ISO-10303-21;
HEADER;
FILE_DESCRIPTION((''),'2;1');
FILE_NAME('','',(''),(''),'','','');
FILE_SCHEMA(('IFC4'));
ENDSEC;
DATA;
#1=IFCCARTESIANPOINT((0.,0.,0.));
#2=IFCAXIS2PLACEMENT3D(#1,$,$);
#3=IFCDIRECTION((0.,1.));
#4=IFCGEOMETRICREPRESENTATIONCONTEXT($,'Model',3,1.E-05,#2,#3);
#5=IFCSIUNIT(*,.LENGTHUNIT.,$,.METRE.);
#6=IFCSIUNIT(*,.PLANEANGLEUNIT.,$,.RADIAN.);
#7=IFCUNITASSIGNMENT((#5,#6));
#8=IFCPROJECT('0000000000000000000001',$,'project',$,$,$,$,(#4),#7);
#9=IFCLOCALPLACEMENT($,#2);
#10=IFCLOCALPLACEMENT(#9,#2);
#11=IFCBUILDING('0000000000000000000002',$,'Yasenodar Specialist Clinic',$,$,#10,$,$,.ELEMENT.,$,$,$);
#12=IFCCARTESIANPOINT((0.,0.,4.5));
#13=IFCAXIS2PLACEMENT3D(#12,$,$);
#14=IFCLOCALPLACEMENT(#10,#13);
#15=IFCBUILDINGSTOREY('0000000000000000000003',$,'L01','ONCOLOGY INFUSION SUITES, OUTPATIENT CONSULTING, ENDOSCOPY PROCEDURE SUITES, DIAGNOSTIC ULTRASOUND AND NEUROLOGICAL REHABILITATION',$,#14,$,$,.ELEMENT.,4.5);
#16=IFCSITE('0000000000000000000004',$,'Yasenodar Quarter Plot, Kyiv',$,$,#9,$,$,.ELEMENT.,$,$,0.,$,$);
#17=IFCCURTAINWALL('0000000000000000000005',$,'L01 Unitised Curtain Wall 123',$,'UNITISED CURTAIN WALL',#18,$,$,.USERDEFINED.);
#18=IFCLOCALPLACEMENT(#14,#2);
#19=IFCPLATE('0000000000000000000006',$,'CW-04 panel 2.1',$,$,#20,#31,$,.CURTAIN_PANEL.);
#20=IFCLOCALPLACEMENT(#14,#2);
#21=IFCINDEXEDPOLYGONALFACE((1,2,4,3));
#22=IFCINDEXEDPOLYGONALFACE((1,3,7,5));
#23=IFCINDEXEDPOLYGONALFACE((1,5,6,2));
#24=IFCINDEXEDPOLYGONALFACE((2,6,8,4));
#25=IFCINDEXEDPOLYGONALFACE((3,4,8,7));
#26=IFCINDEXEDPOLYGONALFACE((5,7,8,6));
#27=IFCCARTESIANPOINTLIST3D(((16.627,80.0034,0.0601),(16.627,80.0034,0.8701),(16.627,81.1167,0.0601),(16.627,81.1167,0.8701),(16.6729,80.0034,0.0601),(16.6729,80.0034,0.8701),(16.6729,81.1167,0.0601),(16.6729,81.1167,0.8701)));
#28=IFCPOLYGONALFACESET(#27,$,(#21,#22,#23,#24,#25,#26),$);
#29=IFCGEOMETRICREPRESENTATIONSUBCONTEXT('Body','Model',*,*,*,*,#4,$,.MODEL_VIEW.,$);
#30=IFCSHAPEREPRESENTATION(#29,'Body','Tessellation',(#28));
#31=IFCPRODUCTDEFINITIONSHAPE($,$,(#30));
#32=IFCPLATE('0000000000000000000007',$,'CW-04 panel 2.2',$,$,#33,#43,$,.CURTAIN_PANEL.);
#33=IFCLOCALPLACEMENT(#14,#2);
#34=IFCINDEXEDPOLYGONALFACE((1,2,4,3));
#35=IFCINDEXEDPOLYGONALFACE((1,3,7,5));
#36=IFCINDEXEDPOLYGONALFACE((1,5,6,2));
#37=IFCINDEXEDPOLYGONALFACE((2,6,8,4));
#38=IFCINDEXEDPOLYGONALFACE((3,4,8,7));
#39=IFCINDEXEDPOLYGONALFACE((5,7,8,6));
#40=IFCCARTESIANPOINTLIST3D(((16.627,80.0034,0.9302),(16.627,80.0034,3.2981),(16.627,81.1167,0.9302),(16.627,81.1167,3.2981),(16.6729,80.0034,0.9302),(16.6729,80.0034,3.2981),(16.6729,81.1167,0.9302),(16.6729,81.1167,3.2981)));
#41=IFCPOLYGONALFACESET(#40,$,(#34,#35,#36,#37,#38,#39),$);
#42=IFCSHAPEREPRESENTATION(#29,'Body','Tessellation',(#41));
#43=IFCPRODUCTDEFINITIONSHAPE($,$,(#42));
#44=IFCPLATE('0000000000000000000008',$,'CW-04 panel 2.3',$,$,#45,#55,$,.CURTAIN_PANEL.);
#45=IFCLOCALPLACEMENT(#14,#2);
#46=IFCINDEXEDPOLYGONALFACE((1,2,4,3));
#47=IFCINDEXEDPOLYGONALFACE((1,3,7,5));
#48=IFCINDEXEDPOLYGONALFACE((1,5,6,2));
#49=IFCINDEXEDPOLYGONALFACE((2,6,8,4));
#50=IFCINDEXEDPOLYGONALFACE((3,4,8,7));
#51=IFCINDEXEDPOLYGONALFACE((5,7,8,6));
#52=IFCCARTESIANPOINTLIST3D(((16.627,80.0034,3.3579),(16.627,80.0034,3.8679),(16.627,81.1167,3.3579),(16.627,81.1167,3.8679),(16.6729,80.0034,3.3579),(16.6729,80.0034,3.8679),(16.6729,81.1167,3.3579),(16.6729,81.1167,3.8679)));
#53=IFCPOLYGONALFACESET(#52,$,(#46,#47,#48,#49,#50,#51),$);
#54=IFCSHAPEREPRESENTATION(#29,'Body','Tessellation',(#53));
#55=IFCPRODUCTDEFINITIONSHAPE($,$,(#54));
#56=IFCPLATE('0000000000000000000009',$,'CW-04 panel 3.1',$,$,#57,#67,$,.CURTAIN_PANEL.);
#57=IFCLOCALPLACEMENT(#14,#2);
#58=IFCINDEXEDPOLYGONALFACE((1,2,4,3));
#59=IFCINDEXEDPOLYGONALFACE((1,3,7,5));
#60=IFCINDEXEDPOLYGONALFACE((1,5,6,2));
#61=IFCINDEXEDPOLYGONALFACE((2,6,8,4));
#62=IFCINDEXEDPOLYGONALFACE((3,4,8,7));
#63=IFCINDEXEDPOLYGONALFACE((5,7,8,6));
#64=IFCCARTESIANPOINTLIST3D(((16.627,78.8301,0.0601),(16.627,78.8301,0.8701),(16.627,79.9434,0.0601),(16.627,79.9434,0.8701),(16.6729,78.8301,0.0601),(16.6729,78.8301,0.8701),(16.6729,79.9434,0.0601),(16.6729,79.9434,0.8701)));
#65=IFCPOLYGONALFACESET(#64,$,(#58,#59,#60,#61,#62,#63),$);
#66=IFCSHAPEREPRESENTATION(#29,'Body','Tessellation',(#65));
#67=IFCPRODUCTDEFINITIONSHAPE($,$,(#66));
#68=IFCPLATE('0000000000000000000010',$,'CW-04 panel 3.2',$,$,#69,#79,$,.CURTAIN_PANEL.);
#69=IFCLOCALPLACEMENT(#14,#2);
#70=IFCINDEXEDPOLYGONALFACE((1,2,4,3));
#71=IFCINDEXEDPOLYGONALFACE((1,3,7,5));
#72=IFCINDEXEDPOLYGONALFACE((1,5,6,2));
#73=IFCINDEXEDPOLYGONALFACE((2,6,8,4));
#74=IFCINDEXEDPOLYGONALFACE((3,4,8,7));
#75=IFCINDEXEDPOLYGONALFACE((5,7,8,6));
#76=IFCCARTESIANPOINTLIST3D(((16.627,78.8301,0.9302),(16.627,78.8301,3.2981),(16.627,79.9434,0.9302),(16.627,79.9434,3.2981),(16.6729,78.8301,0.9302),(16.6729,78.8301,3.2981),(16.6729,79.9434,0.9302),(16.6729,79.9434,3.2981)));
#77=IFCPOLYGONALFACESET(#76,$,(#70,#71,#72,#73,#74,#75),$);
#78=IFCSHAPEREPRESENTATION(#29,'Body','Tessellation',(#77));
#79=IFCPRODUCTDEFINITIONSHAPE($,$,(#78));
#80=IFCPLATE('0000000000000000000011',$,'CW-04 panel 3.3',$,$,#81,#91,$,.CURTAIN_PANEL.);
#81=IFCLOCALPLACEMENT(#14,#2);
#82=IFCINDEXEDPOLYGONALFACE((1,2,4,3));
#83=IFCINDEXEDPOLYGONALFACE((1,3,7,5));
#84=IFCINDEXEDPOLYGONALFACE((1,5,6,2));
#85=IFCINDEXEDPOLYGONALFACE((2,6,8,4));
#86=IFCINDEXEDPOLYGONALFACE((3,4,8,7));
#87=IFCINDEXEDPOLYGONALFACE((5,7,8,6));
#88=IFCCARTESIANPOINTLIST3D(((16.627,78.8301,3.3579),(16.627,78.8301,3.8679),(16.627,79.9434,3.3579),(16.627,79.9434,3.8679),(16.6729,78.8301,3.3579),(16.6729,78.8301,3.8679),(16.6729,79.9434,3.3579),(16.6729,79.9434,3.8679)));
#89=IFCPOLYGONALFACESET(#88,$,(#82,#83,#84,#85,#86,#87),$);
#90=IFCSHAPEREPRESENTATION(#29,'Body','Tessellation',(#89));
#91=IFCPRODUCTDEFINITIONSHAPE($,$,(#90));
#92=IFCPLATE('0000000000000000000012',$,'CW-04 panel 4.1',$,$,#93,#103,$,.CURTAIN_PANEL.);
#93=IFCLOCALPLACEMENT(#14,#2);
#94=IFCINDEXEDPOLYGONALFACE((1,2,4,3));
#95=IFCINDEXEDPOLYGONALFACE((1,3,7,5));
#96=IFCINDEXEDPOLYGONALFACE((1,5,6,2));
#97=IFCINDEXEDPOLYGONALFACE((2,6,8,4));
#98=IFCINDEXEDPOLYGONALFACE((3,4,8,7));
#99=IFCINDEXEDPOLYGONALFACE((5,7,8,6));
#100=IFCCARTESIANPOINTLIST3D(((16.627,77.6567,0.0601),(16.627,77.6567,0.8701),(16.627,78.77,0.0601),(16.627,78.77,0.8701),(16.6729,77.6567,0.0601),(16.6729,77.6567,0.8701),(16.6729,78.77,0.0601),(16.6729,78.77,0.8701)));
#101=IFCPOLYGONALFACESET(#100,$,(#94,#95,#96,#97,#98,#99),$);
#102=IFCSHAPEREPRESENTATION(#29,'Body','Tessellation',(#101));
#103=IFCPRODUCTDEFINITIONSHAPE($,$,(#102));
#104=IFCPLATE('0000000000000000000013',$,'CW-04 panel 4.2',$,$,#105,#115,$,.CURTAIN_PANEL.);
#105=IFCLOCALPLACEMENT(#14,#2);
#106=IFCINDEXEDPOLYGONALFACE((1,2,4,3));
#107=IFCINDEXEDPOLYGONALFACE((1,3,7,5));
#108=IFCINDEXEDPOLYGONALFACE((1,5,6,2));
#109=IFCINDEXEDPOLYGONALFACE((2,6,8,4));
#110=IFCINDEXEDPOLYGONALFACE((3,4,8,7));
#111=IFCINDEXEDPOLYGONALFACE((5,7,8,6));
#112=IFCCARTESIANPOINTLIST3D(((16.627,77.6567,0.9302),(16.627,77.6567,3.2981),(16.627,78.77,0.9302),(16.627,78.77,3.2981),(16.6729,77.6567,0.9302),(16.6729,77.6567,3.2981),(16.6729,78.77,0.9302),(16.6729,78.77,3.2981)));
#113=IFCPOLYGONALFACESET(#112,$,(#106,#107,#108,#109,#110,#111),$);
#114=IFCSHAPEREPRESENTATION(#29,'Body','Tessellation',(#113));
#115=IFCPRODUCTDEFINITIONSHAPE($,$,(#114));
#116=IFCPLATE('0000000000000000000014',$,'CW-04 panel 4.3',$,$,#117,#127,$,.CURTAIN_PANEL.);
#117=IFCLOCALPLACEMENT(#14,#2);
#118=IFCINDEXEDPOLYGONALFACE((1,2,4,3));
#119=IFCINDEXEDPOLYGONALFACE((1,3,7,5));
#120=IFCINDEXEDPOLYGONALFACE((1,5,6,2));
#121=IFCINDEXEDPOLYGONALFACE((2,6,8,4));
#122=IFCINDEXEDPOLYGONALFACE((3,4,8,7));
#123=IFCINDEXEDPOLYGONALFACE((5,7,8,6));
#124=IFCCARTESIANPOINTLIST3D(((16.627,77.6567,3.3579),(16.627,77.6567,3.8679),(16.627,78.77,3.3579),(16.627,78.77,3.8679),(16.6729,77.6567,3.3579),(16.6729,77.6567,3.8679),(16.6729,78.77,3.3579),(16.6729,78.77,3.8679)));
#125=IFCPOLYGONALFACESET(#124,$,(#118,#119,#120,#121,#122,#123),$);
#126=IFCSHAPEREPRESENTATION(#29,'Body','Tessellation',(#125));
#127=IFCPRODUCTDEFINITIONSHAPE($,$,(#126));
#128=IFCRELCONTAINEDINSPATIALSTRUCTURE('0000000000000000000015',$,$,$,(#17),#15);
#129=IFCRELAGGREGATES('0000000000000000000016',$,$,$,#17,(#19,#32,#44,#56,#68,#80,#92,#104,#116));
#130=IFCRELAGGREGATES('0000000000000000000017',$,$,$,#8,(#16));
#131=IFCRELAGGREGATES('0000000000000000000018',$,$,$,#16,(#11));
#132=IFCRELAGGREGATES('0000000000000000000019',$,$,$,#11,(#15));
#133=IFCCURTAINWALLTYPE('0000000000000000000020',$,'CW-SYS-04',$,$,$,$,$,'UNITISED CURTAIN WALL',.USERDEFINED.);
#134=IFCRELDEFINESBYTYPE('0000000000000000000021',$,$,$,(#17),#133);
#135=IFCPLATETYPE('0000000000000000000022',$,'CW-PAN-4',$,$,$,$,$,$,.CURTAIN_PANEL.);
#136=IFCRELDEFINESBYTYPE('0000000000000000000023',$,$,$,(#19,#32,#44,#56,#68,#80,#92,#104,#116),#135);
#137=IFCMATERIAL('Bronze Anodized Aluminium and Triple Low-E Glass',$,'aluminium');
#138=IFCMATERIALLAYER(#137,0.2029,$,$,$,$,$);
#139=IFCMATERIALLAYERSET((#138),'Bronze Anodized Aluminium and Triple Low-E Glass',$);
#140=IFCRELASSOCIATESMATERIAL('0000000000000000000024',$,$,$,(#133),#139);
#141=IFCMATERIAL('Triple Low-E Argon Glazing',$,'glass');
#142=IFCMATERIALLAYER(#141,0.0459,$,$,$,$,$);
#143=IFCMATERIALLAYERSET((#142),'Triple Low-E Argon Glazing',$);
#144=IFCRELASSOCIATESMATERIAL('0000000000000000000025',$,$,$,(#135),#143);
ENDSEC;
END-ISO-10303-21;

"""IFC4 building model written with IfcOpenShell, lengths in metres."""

from ifc_helpers import new_model, si_unit, direction, frame, origin, origin_2d, place, context, subcontext, project, spatial, rectangle, extrude, material, layer, layer_set, type_object, element, aggregate, save


model = new_model("IFC4")

# Units and contexts
model_context = context("Model", 3, precision=1e-05, world=origin(), true_north=direction((0.0, 1.0)))
body_context = subcontext(model_context, "Body", "Model", "MODEL_VIEW")
ifc_project = project(units=[si_unit("LENGTHUNIT", "METRE"), si_unit("PLANEANGLEUNIT", "RADIAN")], contexts=[model_context])

# Site, building, storey
site_placement = place(None, origin())
site = spatial("IfcSite", under=ifc_project, at=site_placement, Name="Yasenodar Quarter Plot, Kyiv", CompositionType="ELEMENT", RefElevation=0.0)
building_placement = place(site_placement, origin())
building = spatial("IfcBuilding", under=site, at=building_placement, Name="Yasenodar Specialist Clinic", CompositionType="ELEMENT")
storey_placement = place(building_placement, frame((0.0, 0.0, 4.5)))
storey = spatial("IfcBuildingStorey", under=building, at=storey_placement, Name="L01", Description="ONCOLOGY INFUSION SUITES, OUTPATIENT CONSULTING, ENDOSCOPY PROCEDURE SUITES, DIAGNOSTIC ULTRASOUND AND NEUROLOGICAL REHABILITATION", CompositionType="ELEMENT", Elevation=4.5)

# Curtain wall, plates
ifc_material_1 = material(Name="Bronze Anodized Aluminium and Triple Low-E Glass", Category="aluminium")
ifc_layer_1 = layer(ifc_material_1, 0.2029)
ifc_layer_set_1 = layer_set([ifc_layer_1], Name="Bronze Anodized Aluminium and Triple Low-E Glass")
curtain_wall_type = type_object("IfcCurtainWallType", Name="CW-SYS-04", ElementType="UNITISED CURTAIN WALL", PredefinedType="USERDEFINED", material=ifc_layer_set_1)
curtain_wall_placement = place(storey_placement, origin())
curtain_wall = element("IfcCurtainWall", 1, at=curtain_wall_placement, inside=storey, type_object=curtain_wall_type, Name="L01 Unitised Curtain Wall 123", ObjectType="UNITISED CURTAIN WALL", PredefinedType="USERDEFINED")
ifc_material_2 = material(Name="Triple Low-E Argon Glazing", Category="glass")
ifc_layer_2 = layer(ifc_material_2, 0.0459)
ifc_layer_set_2 = layer_set([ifc_layer_2], Name="Triple Low-E Argon Glazing")
plate_type = type_object("IfcPlateType", Name="CW-PAN-4", PredefinedType="CURTAIN_PANEL", material=ifc_layer_set_2)
plate_1_placement = place(storey_placement, frame((16.6499, 80.5601, 0.0601), z_axis=(0.0, 0.0, 1.0), x_axis=(0.0, -1.0, 0.0)))
plate_1 = element("IfcPlate", 2, at=plate_1_placement, type_object=plate_type, Name="CW-04 panel 2.1", PredefinedType="CURTAIN_PANEL", context=body_context, shape_type="SweptSolid", body=[
    extrude(rectangle(XDim=1.1133, YDim=0.0459, at=origin_2d()), origin(), (0.0, 0.0, 1.0), 0.8101),
])
plate_2_placement = place(storey_placement, frame((16.6499, 80.5601, 0.9302), z_axis=(0.0, 0.0, 1.0), x_axis=(0.0, -1.0, 0.0)))
plate_2 = element("IfcPlate", 3, at=plate_2_placement, type_object=plate_type, Name="CW-04 panel 2.2", PredefinedType="CURTAIN_PANEL", context=body_context, shape_type="SweptSolid", body=[
    extrude(rectangle(XDim=1.1133, YDim=0.0459, at=origin_2d()), origin(), (0.0, 0.0, 1.0), 2.3679),
])
plate_3_placement = place(storey_placement, frame((16.6499, 80.5601, 3.3579), z_axis=(0.0, 0.0, 1.0), x_axis=(0.0, -1.0, 0.0)))
plate_3 = element("IfcPlate", 4, at=plate_3_placement, type_object=plate_type, Name="CW-04 panel 2.3", PredefinedType="CURTAIN_PANEL", context=body_context, shape_type="SweptSolid", body=[
    extrude(rectangle(XDim=1.1133, YDim=0.0459, at=origin_2d()), origin(), (0.0, 0.0, 1.0), 0.51),
])
plate_4_placement = place(storey_placement, frame((16.6499, 79.3867, 0.0601), z_axis=(0.0, 0.0, 1.0), x_axis=(0.0, -1.0, 0.0)))
plate_4 = element("IfcPlate", 5, at=plate_4_placement, type_object=plate_type, Name="CW-04 panel 3.1", PredefinedType="CURTAIN_PANEL", context=body_context, shape_type="SweptSolid", body=[
    extrude(rectangle(XDim=1.1133, YDim=0.0459, at=origin_2d()), origin(), (0.0, 0.0, 1.0), 0.8101),
])
plate_5_placement = place(storey_placement, frame((16.6499, 79.3867, 0.9302), z_axis=(0.0, 0.0, 1.0), x_axis=(0.0, -1.0, 0.0)))
plate_5 = element("IfcPlate", 6, at=plate_5_placement, type_object=plate_type, Name="CW-04 panel 3.2", PredefinedType="CURTAIN_PANEL", context=body_context, shape_type="SweptSolid", body=[
    extrude(rectangle(XDim=1.1133, YDim=0.0459, at=origin_2d()), origin(), (0.0, 0.0, 1.0), 2.3679),
])
plate_6_placement = place(storey_placement, frame((16.6499, 79.3867, 3.3579), z_axis=(0.0, 0.0, 1.0), x_axis=(0.0, -1.0, 0.0)))
plate_6 = element("IfcPlate", 7, at=plate_6_placement, type_object=plate_type, Name="CW-04 panel 3.3", PredefinedType="CURTAIN_PANEL", context=body_context, shape_type="SweptSolid", body=[
    extrude(rectangle(XDim=1.1133, YDim=0.0459, at=origin_2d()), origin(), (0.0, 0.0, 1.0), 0.51),
])
plate_7_placement = place(storey_placement, frame((16.6499, 78.2134, 0.0601), z_axis=(0.0, 0.0, 1.0), x_axis=(0.0, -1.0, 0.0)))
plate_7 = element("IfcPlate", 8, at=plate_7_placement, type_object=plate_type, Name="CW-04 panel 4.1", PredefinedType="CURTAIN_PANEL", context=body_context, shape_type="SweptSolid", body=[
    extrude(rectangle(XDim=1.1133, YDim=0.0459, at=origin_2d()), origin(), (0.0, 0.0, 1.0), 0.8101),
])
plate_8_placement = place(storey_placement, frame((16.6499, 78.2134, 0.9302), z_axis=(0.0, 0.0, 1.0), x_axis=(0.0, -1.0, 0.0)))
plate_8 = element("IfcPlate", 9, at=plate_8_placement, type_object=plate_type, Name="CW-04 panel 4.2", PredefinedType="CURTAIN_PANEL", context=body_context, shape_type="SweptSolid", body=[
    extrude(rectangle(XDim=1.1133, YDim=0.0459, at=origin_2d()), origin(), (0.0, 0.0, 1.0), 2.3679),
])
plate_9_placement = place(storey_placement, frame((16.6499, 78.2134, 3.3579), z_axis=(0.0, 0.0, 1.0), x_axis=(0.0, -1.0, 0.0)))
plate_9 = element("IfcPlate", 10, at=plate_9_placement, type_object=plate_type, Name="CW-04 panel 4.3", PredefinedType="CURTAIN_PANEL", context=body_context, shape_type="SweptSolid", body=[
    extrude(rectangle(XDim=1.1133, YDim=0.0459, at=origin_2d()), origin(), (0.0, 0.0, 1.0), 0.51),
])
aggregate(curtain_wall, [plate_1, plate_2, plate_3, plate_4, plate_5, plate_6, plate_7, plate_8, plate_9])

save(model, "model.ifc")
